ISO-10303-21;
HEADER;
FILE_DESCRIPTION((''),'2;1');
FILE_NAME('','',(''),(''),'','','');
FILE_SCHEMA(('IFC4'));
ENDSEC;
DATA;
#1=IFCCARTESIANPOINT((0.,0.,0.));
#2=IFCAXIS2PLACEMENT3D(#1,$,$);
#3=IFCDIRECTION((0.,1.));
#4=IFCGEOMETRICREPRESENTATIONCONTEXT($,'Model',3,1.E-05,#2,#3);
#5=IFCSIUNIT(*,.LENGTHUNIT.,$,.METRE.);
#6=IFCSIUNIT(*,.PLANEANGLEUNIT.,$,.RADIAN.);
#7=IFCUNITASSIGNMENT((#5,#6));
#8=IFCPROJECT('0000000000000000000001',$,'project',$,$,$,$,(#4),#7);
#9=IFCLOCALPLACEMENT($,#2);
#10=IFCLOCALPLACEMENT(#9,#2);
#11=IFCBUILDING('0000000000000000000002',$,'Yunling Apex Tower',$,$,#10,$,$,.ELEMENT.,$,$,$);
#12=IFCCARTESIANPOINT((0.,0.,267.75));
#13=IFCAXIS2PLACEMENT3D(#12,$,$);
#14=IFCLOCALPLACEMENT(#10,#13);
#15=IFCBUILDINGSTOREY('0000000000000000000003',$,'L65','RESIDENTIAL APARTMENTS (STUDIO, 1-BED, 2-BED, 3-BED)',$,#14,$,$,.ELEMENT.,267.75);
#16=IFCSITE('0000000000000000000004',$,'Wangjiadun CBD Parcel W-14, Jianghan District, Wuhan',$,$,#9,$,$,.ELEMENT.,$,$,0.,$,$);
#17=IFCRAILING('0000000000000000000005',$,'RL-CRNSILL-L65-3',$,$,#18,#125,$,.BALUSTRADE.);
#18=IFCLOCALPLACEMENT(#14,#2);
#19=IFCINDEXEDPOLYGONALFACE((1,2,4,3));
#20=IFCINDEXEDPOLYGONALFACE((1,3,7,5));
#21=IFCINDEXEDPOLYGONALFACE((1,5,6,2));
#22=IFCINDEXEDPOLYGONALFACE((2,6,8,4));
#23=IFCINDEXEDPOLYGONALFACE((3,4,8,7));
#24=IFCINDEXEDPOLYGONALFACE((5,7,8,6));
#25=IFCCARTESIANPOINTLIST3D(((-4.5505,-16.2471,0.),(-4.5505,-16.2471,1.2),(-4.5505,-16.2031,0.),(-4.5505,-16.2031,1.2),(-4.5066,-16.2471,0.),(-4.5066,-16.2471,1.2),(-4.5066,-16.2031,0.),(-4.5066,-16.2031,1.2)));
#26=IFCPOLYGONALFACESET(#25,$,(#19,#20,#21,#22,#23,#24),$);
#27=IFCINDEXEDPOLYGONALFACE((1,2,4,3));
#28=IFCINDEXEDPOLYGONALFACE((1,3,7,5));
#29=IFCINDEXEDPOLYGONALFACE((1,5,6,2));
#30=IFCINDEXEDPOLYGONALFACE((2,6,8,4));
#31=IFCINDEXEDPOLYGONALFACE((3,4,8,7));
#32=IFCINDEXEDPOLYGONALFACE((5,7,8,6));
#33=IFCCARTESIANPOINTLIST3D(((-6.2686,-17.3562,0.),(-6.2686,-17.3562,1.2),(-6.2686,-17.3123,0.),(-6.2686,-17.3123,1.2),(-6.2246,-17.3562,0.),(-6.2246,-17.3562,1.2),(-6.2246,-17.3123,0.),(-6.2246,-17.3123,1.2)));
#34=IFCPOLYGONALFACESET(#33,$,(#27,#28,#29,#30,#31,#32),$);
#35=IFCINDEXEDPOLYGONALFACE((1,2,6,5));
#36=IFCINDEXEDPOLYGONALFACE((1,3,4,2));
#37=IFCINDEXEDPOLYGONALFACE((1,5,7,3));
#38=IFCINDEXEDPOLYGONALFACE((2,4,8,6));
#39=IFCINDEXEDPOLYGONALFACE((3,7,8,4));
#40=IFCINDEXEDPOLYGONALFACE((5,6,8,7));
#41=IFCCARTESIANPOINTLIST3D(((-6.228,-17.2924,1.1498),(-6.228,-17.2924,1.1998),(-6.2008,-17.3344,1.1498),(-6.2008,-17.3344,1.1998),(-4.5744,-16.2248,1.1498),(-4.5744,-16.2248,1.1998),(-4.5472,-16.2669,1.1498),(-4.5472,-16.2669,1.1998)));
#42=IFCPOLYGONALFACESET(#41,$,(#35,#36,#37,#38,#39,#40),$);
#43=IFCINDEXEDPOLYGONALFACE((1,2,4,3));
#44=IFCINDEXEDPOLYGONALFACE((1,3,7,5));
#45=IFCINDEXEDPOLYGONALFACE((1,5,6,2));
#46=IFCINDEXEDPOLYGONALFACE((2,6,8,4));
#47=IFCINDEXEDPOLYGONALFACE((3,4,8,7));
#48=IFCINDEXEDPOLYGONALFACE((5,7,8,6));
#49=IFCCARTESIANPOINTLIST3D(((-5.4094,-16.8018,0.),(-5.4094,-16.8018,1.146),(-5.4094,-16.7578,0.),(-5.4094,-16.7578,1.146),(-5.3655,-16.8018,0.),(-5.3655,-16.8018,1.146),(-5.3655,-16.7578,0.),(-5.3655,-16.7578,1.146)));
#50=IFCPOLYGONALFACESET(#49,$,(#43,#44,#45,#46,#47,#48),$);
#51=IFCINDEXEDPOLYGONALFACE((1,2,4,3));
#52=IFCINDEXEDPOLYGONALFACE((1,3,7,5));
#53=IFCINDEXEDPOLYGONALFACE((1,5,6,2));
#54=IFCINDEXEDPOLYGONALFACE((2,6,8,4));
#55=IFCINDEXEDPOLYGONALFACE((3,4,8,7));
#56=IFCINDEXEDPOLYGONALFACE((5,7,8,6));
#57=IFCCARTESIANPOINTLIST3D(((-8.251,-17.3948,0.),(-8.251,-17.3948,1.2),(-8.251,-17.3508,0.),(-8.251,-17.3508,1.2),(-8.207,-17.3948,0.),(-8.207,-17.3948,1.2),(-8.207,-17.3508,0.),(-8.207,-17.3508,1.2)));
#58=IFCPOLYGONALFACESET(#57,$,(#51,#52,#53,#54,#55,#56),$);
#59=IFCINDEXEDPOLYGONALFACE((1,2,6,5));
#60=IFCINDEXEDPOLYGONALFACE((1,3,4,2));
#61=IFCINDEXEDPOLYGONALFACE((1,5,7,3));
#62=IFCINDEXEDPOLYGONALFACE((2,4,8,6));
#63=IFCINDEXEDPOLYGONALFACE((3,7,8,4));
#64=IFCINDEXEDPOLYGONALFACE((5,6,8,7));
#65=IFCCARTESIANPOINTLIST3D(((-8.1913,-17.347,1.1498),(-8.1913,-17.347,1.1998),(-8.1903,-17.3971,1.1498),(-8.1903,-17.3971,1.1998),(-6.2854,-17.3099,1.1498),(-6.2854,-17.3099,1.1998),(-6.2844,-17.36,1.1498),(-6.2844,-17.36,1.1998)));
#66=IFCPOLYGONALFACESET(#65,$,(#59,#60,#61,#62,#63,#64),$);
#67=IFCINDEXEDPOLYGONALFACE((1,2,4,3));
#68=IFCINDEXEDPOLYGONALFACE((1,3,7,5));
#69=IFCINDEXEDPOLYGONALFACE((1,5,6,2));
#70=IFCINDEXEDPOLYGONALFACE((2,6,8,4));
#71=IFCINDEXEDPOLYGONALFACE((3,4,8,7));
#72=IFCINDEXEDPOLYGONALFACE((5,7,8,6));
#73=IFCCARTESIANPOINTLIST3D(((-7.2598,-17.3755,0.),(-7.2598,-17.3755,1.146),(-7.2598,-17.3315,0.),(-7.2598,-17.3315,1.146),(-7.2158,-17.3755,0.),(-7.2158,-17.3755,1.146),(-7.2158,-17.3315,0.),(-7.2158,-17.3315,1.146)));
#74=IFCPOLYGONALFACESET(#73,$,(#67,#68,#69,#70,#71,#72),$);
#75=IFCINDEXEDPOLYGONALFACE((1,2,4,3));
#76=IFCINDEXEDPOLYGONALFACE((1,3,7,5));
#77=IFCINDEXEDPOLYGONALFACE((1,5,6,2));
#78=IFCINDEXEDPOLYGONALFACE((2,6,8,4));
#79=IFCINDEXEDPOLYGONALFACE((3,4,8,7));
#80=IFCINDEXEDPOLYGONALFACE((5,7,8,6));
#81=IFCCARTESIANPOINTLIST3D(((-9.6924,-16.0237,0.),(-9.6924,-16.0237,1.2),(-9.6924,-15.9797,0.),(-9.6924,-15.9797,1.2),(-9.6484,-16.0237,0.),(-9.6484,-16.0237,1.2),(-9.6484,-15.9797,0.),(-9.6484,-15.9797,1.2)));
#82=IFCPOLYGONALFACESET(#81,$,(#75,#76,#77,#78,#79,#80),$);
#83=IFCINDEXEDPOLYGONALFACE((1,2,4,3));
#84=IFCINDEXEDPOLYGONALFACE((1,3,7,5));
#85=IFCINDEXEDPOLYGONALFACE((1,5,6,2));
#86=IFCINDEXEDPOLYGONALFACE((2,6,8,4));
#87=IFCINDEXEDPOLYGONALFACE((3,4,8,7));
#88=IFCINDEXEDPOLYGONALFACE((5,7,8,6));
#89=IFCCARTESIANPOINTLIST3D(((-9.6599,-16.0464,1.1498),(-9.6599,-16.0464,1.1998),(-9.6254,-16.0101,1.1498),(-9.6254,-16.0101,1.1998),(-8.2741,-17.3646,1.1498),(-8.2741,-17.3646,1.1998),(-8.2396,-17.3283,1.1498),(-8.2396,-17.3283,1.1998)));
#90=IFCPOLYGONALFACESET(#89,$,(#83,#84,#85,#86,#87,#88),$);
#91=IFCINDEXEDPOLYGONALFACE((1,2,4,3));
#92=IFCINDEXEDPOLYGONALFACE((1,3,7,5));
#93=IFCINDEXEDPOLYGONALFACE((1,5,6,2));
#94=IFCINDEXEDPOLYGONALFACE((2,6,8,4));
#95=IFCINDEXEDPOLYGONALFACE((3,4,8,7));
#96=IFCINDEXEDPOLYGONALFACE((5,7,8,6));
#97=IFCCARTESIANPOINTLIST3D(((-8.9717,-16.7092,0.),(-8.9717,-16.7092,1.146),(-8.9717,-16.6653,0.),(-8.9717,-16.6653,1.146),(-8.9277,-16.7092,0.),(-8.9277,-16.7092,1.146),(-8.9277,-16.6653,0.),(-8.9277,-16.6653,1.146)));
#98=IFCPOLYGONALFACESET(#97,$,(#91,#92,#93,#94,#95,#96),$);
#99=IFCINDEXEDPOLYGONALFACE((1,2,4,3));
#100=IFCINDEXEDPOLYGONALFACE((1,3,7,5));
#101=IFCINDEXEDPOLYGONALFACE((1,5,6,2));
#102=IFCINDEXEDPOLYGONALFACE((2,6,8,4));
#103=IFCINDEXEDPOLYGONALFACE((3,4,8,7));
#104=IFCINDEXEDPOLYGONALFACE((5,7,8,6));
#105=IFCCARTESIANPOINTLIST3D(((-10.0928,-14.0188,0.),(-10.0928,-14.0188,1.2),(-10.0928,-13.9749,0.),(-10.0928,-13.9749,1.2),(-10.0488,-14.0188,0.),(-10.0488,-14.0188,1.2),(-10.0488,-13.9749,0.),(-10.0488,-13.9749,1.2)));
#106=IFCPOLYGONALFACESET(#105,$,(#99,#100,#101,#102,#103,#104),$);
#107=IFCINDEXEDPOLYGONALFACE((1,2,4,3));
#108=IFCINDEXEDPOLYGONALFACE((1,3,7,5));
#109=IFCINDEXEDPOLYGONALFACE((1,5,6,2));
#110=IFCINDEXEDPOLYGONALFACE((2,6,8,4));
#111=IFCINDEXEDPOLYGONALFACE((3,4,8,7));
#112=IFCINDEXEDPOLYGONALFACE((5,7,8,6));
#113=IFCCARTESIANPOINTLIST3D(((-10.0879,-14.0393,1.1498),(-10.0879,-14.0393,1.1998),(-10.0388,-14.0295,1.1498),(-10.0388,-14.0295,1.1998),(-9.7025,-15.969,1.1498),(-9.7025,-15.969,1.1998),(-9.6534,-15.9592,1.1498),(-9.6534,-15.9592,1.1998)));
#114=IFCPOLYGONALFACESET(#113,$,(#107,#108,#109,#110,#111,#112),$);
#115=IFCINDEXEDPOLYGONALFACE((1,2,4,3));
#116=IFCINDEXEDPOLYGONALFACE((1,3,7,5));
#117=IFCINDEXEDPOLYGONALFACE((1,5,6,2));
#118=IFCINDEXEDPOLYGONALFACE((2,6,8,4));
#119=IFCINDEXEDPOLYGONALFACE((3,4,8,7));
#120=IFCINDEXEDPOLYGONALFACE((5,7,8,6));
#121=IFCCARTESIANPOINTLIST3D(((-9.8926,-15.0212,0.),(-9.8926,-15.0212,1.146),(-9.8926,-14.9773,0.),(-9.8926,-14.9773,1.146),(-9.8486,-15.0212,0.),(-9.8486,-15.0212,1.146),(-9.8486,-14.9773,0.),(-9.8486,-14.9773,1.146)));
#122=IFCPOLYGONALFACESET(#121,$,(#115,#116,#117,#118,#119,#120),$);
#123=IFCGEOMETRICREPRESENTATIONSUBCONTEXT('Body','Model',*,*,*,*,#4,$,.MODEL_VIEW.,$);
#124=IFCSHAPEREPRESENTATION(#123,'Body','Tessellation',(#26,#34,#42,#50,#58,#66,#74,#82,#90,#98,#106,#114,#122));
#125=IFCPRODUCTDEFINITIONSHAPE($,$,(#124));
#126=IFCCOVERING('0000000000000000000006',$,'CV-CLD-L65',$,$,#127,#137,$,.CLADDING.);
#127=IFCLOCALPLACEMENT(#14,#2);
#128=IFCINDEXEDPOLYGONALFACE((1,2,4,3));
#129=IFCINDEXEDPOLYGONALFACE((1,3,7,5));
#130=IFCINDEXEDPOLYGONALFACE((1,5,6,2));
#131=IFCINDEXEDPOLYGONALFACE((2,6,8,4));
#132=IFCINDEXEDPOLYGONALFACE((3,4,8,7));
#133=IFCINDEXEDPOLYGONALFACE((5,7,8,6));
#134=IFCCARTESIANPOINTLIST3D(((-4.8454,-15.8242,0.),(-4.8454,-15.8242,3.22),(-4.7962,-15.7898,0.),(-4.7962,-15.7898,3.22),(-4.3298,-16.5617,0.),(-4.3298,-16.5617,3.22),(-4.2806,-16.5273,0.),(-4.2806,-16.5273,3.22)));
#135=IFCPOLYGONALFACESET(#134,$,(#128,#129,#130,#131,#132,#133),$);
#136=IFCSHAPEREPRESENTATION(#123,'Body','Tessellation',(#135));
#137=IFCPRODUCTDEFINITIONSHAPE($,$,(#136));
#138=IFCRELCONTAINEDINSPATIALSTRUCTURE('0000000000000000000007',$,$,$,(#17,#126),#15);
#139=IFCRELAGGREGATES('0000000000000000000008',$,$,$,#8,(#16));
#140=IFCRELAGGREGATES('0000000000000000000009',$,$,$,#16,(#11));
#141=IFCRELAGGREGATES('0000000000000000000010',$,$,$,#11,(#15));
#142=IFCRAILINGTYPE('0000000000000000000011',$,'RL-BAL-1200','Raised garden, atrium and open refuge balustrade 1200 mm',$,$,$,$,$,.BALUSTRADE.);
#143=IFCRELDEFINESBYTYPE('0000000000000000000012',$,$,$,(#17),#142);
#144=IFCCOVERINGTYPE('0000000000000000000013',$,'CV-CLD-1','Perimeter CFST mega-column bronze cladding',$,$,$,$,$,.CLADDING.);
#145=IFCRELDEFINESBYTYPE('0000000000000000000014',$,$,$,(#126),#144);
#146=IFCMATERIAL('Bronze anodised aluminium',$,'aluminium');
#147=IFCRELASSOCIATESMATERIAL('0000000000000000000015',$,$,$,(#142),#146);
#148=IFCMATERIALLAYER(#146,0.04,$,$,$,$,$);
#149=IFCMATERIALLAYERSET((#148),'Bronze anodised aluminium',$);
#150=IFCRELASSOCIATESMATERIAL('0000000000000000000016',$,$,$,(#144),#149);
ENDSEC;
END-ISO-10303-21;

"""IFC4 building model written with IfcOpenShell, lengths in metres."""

from ifc_helpers import new_model, si_unit, direction, frame, origin, origin_2d, place, context, subcontext, project, spatial, rectangle, extrude, source, transform, mapped, material, layer, layer_set, type_object, element, save


model = new_model("IFC4")

# Units and contexts
model_context = context("Model", 3, precision=1e-05, world=origin(), true_north=direction((0.0, 1.0)))
body_context = subcontext(model_context, "Body", "Model", "MODEL_VIEW")
ifc_project = project(units=[si_unit("LENGTHUNIT", "METRE"), si_unit("PLANEANGLEUNIT", "RADIAN")], contexts=[model_context])

# Site, building, storey
site_placement = place(None, origin())
site = spatial("IfcSite", under=ifc_project, at=site_placement, Name="Wangjiadun CBD Parcel W-14, Jianghan District, Wuhan", CompositionType="ELEMENT", RefElevation=0.0)
building_placement = place(site_placement, origin())
building = spatial("IfcBuilding", under=site, at=building_placement, Name="Yunling Apex Tower", CompositionType="ELEMENT")
storey_placement = place(building_placement, frame((0.0, 0.0, 267.75)))
storey = spatial("IfcBuildingStorey", under=building, at=storey_placement, Name="L65", Description="RESIDENTIAL APARTMENTS (STUDIO, 1-BED, 2-BED, 3-BED)", CompositionType="ELEMENT", Elevation=267.75)

# Shared definitions
ifc_material_1 = material(Name="Bronze anodised aluminium", Category="aluminium")

# Railing
railing_type = type_object("IfcRailingType", Name="RL-BAL-1200", Description="Raised garden, atrium and open refuge balustrade 1200 mm", PredefinedType="BALUSTRADE", material=ifc_material_1)
railing_placement = place(storey_placement, frame((-4.5286, -16.2251, 0.0)))
element("IfcRailing", 1, at=railing_placement, inside=storey, type_object=railing_type, Name="RL-CRNSILL-L65-3", PredefinedType="BALUSTRADE", context=body_context, shape_type="SweptSolid", body=[
    extrude(rectangle(XDim=0.0439, YDim=0.0439, at=origin_2d()), origin(), (0.0, 0.0, 1.0), 1.2),
    extrude(rectangle(XDim=0.0439, YDim=0.0439, at=origin_2d()), frame((-1.718, -1.1091, 0.0)), (0.0, 0.0, 1.0), 1.2),
    extrude(rectangle(XDim=0.05, YDim=0.05, at=origin_2d()), frame((-0.0322, -0.0208, 1.1748), z_axis=(-0.840133, -0.54238, 0.0), x_axis=(0.54238, -0.840133, 0.0)), (0.0, 0.0, 1.0), 1.9683),
    extrude(rectangle(XDim=0.0439, YDim=0.0439, at=origin_2d()), frame((-0.8589, -0.5547, 0.0)), (0.0, 0.0, 1.0), 1.146),
    extrude(rectangle(XDim=0.0439, YDim=0.0439, at=origin_2d()), frame((-3.7004, -1.1477, 0.0)), (0.0, 0.0, 1.0), 1.2),
    extrude(rectangle(XDim=0.05, YDim=0.05, at=origin_2d()), frame((-1.7563, -1.1099, 1.1748), z_axis=(-0.999811, -0.019454, 0.0), x_axis=(0.019454, -0.999811, 0.0)), (0.0, 0.0, 1.0), 1.9062),
    extrude(rectangle(XDim=0.0439, YDim=0.0439, at=origin_2d()), frame((-2.7092, -1.1284, 0.0)), (0.0, 0.0, 1.0), 1.146),
    extrude(rectangle(XDim=0.0439, YDim=0.0439, at=origin_2d()), frame((-5.1418, 0.2234, 0.0)), (0.0, 0.0, 1.0), 1.2),
    extrude(rectangle(XDim=0.05, YDim=0.05, at=origin_2d()), frame((-3.7283, -1.1213, 1.1748), z_axis=(-0.724558, 0.689214, 0.0), x_axis=(-0.689214, -0.724558, 0.0)), (0.0, 0.0, 1.0), 1.9126),
    extrude(rectangle(XDim=0.0439, YDim=0.0439, at=origin_2d()), frame((-4.4211, -0.4622, 0.0)), (0.0, 0.0, 1.0), 1.146),
    extrude(rectangle(XDim=0.0439, YDim=0.0439, at=origin_2d()), frame((-5.5422, 2.2283, 0.0)), (0.0, 0.0, 1.0), 1.2),
    extrude(rectangle(XDim=0.05, YDim=0.05, at=origin_2d()), frame((-5.1494, 0.261, 1.1748), z_axis=(-0.195841, 0.980636, 0.0), x_axis=(-0.980636, -0.195841, 0.0)), (0.0, 0.0, 1.0), 1.9678),
    extrude(rectangle(XDim=0.0439, YDim=0.0439, at=origin_2d()), frame((-5.342, 1.2258, 0.0)), (0.0, 0.0, 1.0), 1.146),
])

# Covering
ifc_layer_1 = layer(ifc_material_1, 0.04)
ifc_layer_set_1 = layer_set([ifc_layer_1], Name="Bronze anodised aluminium")
covering_type = type_object("IfcCoveringType", Name="CV-CLD-1", Description="Perimeter CFST mega-column bronze cladding", PredefinedType="CLADDING", material=ifc_layer_set_1)
shared_shape_1 = source(origin(), body_context, "Body", "SweptSolid", [
    extrude(rectangle(XDim=0.0601, YDim=0.8999, at=origin_2d()), origin(), (0.0, 0.0, 1.0), 3.22),
])
covering_placement = place(storey_placement, frame((-4.563, -16.1758, 0.0), z_axis=(0.0, 0.0, 1.0), x_axis=(0.819552, 0.573004, 0.0)))
element("IfcCovering", 2, at=covering_placement, inside=storey, type_object=covering_type, Name="CV-CLD-L65", PredefinedType="CLADDING", context=body_context, shape_type="MappedRepresentation", body=[
    mapped(shared_shape_1, transform((0.0, 0.0, 0.0), scale=1.0)),
])

save(model, "model.ifc")
